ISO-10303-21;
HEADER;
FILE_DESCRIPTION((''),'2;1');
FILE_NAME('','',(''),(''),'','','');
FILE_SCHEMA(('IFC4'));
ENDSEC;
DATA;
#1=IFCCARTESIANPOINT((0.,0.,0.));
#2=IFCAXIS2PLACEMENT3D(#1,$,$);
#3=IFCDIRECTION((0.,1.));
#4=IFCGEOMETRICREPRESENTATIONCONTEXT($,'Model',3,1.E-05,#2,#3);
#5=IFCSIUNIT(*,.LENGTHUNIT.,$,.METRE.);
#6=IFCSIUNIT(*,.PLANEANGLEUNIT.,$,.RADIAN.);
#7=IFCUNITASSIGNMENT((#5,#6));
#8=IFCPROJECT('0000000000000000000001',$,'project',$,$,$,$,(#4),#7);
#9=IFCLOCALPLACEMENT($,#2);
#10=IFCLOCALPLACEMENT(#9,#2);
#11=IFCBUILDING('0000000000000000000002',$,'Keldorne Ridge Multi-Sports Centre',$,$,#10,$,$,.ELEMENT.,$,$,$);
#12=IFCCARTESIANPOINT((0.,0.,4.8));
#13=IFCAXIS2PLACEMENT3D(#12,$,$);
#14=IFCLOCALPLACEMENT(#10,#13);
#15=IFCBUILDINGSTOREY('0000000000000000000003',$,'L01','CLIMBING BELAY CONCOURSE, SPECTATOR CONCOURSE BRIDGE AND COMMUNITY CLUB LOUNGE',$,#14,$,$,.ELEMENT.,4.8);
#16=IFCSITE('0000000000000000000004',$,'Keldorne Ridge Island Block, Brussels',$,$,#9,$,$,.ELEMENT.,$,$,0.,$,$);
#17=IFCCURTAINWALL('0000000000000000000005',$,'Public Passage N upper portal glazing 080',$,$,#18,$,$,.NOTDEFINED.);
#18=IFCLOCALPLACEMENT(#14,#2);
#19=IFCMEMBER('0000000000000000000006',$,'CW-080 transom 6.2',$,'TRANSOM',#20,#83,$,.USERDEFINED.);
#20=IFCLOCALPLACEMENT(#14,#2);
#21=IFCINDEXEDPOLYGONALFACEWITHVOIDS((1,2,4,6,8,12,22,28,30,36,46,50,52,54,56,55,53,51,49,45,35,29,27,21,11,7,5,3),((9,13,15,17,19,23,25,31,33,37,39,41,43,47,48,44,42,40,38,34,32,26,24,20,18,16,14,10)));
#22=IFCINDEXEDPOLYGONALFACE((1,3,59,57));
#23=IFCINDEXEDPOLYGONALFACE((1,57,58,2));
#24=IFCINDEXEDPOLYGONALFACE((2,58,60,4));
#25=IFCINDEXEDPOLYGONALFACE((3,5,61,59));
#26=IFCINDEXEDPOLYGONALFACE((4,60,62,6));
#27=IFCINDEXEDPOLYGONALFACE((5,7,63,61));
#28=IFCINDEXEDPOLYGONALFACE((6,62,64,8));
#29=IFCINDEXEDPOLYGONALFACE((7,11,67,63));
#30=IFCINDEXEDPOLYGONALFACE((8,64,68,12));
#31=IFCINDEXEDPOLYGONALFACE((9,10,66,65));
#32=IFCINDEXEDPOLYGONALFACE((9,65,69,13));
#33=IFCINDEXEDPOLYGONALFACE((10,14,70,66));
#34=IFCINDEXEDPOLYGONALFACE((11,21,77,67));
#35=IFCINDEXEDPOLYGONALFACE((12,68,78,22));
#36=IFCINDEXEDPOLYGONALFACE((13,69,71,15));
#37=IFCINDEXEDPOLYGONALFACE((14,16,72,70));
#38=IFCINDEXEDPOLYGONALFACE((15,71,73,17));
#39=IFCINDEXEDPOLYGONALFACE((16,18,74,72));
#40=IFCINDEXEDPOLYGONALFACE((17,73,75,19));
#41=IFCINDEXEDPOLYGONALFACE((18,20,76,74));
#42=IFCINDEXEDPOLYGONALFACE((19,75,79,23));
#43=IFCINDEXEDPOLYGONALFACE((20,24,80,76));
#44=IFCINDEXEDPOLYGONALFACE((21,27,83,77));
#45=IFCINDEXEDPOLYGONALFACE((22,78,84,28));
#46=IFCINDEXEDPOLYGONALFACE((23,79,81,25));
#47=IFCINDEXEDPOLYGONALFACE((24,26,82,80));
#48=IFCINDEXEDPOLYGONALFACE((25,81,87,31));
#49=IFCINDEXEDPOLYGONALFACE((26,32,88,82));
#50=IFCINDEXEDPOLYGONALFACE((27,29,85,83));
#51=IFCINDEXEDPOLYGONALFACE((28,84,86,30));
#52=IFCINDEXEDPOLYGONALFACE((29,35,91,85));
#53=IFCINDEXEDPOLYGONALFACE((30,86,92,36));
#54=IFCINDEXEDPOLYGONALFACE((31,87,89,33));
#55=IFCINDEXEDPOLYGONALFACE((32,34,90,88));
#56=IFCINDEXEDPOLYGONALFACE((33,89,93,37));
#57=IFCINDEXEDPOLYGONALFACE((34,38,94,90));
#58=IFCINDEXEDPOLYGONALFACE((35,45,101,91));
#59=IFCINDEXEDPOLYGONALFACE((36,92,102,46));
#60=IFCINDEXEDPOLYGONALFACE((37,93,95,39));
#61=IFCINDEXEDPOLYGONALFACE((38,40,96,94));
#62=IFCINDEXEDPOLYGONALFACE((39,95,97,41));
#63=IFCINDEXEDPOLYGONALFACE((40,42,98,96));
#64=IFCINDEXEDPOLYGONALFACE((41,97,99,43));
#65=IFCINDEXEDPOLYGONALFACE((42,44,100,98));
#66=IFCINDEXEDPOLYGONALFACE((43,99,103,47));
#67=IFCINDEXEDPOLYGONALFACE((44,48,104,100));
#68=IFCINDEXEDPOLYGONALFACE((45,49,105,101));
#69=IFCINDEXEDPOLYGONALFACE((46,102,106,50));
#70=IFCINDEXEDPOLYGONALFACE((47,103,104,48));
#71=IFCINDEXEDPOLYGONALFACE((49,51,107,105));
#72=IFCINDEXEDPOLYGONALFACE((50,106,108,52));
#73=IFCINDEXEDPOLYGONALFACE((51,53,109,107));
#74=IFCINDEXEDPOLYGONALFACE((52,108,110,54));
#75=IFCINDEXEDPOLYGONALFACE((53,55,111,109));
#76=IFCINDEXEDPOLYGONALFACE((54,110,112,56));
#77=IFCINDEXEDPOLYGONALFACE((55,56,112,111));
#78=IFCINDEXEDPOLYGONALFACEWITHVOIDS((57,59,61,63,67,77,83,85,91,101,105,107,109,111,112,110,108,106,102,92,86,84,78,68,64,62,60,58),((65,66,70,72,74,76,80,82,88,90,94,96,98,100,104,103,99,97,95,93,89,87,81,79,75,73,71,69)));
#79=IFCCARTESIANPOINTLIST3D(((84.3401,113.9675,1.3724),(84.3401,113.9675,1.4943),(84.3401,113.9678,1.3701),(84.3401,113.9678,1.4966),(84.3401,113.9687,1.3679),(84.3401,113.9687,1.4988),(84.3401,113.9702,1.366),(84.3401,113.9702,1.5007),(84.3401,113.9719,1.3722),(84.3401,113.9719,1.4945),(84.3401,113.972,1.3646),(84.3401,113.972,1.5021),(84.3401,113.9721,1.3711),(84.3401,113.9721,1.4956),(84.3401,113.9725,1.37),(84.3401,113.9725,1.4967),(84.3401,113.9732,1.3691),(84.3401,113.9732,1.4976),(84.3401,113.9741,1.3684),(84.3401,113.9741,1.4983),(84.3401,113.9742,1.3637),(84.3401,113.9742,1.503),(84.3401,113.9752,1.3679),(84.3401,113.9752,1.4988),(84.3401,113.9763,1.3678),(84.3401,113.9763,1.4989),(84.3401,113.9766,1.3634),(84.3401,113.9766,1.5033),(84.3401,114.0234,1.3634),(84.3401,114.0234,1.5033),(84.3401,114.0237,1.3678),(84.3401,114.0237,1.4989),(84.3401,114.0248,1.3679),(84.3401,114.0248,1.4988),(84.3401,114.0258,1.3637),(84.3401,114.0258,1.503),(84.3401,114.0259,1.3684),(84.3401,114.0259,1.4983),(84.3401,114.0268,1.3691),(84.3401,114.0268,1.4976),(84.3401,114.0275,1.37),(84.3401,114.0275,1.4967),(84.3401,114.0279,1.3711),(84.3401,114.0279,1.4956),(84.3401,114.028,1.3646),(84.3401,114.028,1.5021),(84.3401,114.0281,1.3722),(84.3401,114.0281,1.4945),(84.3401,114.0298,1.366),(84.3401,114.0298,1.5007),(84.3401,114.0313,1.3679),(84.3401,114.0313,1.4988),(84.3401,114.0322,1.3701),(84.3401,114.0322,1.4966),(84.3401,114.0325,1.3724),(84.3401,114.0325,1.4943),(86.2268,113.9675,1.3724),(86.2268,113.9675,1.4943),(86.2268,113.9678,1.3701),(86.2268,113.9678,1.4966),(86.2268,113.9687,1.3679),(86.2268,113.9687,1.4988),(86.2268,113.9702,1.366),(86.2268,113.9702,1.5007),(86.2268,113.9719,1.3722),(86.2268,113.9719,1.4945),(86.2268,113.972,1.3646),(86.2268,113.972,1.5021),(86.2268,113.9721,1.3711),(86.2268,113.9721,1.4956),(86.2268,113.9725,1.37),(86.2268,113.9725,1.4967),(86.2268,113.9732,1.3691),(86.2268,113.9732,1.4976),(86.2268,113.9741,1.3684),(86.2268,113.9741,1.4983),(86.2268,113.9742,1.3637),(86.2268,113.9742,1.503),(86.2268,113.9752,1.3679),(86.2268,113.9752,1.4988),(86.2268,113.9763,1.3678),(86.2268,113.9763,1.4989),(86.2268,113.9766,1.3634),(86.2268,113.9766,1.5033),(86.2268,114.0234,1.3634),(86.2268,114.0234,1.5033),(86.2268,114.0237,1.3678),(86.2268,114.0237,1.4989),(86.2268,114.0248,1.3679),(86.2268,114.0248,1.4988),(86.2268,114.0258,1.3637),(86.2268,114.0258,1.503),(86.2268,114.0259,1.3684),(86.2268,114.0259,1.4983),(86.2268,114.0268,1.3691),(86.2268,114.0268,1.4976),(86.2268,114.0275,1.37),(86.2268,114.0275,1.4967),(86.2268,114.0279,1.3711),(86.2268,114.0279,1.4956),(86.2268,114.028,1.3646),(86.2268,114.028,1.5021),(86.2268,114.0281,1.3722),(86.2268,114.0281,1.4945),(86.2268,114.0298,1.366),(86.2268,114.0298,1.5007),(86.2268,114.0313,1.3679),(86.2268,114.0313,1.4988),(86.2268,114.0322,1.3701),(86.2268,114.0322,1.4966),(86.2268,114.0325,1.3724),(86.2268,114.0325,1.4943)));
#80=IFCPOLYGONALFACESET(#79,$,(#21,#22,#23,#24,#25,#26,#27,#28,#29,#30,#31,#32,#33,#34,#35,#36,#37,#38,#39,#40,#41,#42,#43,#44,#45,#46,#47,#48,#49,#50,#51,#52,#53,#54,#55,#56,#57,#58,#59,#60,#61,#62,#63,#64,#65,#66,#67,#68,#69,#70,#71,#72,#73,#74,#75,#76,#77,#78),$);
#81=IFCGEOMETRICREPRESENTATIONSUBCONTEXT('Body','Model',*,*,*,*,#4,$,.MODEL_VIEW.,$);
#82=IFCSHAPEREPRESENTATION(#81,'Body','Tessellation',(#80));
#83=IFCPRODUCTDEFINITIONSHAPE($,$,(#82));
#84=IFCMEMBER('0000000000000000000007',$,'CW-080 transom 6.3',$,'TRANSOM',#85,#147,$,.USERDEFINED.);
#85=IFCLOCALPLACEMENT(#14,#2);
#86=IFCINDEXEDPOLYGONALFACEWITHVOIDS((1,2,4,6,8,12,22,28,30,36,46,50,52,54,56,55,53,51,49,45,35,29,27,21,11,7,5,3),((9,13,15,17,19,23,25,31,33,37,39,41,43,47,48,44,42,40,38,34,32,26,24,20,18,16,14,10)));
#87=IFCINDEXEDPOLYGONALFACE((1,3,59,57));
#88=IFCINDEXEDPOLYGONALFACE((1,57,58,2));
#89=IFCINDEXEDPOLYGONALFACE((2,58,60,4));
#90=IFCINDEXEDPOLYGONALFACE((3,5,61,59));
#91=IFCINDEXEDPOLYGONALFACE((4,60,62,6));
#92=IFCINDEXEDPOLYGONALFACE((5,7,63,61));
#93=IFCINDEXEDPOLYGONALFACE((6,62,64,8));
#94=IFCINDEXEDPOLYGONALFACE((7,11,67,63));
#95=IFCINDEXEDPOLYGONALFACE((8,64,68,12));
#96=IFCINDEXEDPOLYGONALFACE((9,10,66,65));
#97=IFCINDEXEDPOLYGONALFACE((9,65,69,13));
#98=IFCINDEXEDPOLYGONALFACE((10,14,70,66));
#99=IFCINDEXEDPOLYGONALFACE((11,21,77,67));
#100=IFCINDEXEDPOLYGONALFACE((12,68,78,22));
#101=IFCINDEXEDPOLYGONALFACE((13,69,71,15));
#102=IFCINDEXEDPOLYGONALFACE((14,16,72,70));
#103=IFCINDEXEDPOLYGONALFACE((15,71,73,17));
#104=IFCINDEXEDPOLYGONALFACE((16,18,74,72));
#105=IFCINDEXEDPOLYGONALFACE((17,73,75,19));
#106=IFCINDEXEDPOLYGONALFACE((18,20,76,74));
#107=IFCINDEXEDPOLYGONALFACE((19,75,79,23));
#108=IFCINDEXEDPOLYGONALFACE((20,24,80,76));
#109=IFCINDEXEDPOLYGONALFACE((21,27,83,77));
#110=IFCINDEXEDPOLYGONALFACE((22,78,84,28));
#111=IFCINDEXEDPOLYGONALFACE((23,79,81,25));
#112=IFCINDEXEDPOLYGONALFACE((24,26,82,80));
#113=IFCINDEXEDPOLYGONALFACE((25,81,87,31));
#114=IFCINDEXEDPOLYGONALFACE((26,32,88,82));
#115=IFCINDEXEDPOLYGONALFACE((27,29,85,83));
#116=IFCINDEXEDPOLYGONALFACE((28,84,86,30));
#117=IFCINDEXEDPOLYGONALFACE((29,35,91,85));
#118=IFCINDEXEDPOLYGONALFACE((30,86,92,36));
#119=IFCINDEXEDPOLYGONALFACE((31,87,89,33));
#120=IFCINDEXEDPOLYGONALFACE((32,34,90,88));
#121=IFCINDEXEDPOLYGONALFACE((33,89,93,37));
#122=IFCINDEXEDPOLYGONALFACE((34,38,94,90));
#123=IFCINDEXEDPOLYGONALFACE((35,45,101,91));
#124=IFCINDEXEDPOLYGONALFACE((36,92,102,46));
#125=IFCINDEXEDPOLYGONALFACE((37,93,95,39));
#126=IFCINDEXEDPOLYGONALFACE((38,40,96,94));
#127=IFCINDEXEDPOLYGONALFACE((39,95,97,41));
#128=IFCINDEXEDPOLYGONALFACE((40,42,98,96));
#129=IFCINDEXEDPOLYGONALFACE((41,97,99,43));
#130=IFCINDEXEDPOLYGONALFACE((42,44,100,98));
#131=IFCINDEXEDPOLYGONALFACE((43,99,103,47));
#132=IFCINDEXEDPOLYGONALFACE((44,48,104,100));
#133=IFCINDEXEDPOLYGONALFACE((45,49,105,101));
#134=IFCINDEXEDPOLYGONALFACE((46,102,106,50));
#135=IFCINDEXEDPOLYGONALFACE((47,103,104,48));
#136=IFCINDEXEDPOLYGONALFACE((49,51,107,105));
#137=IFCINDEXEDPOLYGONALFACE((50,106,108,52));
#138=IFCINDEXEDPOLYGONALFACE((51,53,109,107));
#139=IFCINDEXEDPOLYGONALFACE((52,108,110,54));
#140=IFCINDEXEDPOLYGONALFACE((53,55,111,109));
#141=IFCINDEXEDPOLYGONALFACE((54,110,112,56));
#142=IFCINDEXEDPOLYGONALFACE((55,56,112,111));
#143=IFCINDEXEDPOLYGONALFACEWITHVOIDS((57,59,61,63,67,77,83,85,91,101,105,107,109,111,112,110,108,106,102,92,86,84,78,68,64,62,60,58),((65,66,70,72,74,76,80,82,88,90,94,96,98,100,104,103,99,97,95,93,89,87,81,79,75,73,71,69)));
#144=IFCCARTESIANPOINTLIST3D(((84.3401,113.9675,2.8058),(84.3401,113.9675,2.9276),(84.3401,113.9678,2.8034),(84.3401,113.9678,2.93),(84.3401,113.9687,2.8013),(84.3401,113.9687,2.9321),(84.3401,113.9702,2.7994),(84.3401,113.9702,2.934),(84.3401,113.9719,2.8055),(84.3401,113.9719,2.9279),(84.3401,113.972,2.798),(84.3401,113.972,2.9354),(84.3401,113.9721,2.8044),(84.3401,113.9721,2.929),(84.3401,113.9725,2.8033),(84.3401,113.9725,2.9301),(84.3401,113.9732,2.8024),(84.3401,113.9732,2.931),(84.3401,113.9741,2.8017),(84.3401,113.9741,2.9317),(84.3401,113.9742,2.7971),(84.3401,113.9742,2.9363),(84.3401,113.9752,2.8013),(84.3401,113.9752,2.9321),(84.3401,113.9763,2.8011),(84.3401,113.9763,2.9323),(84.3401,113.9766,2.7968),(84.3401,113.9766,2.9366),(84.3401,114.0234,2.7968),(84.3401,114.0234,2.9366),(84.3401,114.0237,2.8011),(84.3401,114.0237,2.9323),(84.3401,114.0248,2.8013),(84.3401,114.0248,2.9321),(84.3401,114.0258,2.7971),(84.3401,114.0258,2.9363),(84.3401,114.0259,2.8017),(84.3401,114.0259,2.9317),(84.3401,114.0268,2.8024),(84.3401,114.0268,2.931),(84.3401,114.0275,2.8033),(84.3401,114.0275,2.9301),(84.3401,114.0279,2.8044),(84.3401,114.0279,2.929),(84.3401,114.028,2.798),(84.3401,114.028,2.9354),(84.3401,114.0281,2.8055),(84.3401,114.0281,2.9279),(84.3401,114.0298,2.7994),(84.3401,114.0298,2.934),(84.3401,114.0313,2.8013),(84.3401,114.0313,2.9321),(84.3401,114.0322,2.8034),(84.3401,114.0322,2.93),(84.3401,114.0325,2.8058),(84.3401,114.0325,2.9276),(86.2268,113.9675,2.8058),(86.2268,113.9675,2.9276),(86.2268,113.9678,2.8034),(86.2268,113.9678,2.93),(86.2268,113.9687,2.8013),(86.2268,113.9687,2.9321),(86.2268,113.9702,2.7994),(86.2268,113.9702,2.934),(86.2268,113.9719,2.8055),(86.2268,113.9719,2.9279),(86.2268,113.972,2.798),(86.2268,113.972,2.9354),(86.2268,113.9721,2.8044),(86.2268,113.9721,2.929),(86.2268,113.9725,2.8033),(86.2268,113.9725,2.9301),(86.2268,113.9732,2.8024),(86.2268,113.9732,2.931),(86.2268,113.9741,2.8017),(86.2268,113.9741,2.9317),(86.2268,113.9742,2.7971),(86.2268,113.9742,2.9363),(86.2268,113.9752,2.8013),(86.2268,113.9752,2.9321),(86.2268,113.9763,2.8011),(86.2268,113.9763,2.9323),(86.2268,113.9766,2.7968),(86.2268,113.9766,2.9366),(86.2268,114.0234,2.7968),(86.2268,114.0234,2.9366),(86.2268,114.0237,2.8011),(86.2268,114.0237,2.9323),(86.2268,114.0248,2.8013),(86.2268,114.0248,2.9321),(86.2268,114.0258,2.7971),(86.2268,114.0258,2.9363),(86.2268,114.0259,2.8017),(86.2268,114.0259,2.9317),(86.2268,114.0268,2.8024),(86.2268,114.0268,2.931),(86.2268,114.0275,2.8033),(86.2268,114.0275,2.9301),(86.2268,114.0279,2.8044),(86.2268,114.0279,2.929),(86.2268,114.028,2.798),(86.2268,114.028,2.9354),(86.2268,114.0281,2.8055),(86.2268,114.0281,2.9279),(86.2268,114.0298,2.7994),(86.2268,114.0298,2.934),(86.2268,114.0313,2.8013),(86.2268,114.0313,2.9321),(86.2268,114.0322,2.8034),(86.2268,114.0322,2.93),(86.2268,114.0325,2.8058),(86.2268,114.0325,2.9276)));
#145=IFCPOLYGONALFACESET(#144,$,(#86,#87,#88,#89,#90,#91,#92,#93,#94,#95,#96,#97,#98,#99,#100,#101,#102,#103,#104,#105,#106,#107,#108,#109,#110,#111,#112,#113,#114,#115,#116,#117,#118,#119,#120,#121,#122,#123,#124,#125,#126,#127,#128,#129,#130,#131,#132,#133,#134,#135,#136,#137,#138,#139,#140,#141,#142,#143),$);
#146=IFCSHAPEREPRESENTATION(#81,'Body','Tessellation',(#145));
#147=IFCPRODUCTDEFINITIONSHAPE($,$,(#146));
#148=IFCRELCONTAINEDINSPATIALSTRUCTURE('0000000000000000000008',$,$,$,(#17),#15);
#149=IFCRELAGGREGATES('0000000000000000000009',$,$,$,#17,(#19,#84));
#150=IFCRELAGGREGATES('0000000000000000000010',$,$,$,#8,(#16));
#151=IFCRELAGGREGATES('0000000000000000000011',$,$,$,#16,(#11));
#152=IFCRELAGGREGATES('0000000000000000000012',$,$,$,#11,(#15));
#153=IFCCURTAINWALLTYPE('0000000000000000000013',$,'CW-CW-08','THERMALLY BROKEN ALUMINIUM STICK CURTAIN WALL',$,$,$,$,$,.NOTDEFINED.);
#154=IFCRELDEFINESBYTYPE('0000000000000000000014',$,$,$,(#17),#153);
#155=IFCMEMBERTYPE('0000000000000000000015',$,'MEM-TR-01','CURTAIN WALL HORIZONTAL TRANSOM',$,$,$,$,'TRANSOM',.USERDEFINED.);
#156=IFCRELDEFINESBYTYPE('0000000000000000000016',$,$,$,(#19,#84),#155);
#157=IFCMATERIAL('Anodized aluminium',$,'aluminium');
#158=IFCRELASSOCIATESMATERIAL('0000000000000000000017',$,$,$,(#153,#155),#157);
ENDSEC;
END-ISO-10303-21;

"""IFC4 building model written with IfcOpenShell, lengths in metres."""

from ifc_helpers import new_model, si_unit, direction, frame, origin, origin_2d, place, context, subcontext, project, spatial, hollow_rectangle, extrude, material, material_profile, profile_set, type_object, element, aggregate, save


model = new_model("IFC4")

# Units and contexts
model_context = context("Model", 3, precision=1e-05, world=origin(), true_north=direction((0.0, 1.0)))
body_context = subcontext(model_context, "Body", "Model", "MODEL_VIEW")
ifc_project = project(units=[si_unit("LENGTHUNIT", "METRE"), si_unit("PLANEANGLEUNIT", "RADIAN")], contexts=[model_context])

# Site, building, storey
site_placement = place(None, origin())
site = spatial("IfcSite", under=ifc_project, at=site_placement, Name="Keldorne Ridge Island Block, Brussels", CompositionType="ELEMENT", RefElevation=0.0)
building_placement = place(site_placement, origin())
building = spatial("IfcBuilding", under=site, at=building_placement, Name="Keldorne Ridge Multi-Sports Centre", CompositionType="ELEMENT")
storey_placement = place(building_placement, frame((0.0, 0.0, 4.8)))
storey = spatial("IfcBuildingStorey", under=building, at=storey_placement, Name="L01", Description="CLIMBING BELAY CONCOURSE, SPECTATOR CONCOURSE BRIDGE AND COMMUNITY CLUB LOUNGE", CompositionType="ELEMENT", Elevation=4.8)

# Curtain wall, members
ifc_material_1 = material(Name="Anodized aluminium", Category="aluminium")
curtain_wall_type = type_object("IfcCurtainWallType", Name="CW-CW-08", Description="THERMALLY BROKEN ALUMINIUM STICK CURTAIN WALL", PredefinedType="NOTDEFINED", material=ifc_material_1)
curtain_wall_placement = place(storey_placement, origin())
curtain_wall = element("IfcCurtainWall", 1, at=curtain_wall_placement, inside=storey, type_object=curtain_wall_type, Name="Public Passage N upper portal glazing 080", PredefinedType="NOTDEFINED")
ifc_material_profile_1 = material_profile(ifc_material_1, hollow_rectangle(XDim=0.0649, YDim=0.1399, WallThickness=0.0044, InnerFilletRadius=0.0044, OuterFilletRadius=0.009, at=origin_2d()), Name="ALU TRANSOM 140x65x4.5")
ifc_profile_set_1 = profile_set([ifc_material_profile_1], Name="Anodized aluminium")
member_type_1 = type_object("IfcMemberType", Name="MEM-TR-01", Description="CURTAIN WALL HORIZONTAL TRANSOM", ElementType="TRANSOM", PredefinedType="USERDEFINED", material=ifc_profile_set_1)
member_1_placement = place(storey_placement, frame((86.2268, 114.0, 1.4333), z_axis=(-1.0, 0.0, 0.0), x_axis=(0.0, -1.0, 0.0)))
member_1 = element("IfcMember", 2, at=member_1_placement, type_object=member_type_1, Name="CW-080 transom 6.2", ObjectType="TRANSOM", PredefinedType="USERDEFINED", context=body_context, shape_type="SweptSolid", body=[
    extrude(hollow_rectangle(XDim=0.0649, YDim=0.1399, WallThickness=0.0044, InnerFilletRadius=0.0044, OuterFilletRadius=0.009, at=origin_2d()), origin(), (0.0, 0.0, 1.0), 1.8867),
])
member_2_placement = place(storey_placement, frame((86.2268, 114.0, 2.8667), z_axis=(-1.0, 0.0, 0.0), x_axis=(0.0, -1.0, 0.0)))
member_2 = element("IfcMember", 3, at=member_2_placement, type_object=member_type_1, Name="CW-080 transom 6.3", ObjectType="TRANSOM", PredefinedType="USERDEFINED", context=body_context, shape_type="SweptSolid", body=[
    extrude(hollow_rectangle(XDim=0.0649, YDim=0.1399, WallThickness=0.0044, InnerFilletRadius=0.0044, OuterFilletRadius=0.009, at=origin_2d()), origin(), (0.0, 0.0, 1.0), 1.8867),
])
aggregate(curtain_wall, [member_1, member_2])

save(model, "model.ifc")
